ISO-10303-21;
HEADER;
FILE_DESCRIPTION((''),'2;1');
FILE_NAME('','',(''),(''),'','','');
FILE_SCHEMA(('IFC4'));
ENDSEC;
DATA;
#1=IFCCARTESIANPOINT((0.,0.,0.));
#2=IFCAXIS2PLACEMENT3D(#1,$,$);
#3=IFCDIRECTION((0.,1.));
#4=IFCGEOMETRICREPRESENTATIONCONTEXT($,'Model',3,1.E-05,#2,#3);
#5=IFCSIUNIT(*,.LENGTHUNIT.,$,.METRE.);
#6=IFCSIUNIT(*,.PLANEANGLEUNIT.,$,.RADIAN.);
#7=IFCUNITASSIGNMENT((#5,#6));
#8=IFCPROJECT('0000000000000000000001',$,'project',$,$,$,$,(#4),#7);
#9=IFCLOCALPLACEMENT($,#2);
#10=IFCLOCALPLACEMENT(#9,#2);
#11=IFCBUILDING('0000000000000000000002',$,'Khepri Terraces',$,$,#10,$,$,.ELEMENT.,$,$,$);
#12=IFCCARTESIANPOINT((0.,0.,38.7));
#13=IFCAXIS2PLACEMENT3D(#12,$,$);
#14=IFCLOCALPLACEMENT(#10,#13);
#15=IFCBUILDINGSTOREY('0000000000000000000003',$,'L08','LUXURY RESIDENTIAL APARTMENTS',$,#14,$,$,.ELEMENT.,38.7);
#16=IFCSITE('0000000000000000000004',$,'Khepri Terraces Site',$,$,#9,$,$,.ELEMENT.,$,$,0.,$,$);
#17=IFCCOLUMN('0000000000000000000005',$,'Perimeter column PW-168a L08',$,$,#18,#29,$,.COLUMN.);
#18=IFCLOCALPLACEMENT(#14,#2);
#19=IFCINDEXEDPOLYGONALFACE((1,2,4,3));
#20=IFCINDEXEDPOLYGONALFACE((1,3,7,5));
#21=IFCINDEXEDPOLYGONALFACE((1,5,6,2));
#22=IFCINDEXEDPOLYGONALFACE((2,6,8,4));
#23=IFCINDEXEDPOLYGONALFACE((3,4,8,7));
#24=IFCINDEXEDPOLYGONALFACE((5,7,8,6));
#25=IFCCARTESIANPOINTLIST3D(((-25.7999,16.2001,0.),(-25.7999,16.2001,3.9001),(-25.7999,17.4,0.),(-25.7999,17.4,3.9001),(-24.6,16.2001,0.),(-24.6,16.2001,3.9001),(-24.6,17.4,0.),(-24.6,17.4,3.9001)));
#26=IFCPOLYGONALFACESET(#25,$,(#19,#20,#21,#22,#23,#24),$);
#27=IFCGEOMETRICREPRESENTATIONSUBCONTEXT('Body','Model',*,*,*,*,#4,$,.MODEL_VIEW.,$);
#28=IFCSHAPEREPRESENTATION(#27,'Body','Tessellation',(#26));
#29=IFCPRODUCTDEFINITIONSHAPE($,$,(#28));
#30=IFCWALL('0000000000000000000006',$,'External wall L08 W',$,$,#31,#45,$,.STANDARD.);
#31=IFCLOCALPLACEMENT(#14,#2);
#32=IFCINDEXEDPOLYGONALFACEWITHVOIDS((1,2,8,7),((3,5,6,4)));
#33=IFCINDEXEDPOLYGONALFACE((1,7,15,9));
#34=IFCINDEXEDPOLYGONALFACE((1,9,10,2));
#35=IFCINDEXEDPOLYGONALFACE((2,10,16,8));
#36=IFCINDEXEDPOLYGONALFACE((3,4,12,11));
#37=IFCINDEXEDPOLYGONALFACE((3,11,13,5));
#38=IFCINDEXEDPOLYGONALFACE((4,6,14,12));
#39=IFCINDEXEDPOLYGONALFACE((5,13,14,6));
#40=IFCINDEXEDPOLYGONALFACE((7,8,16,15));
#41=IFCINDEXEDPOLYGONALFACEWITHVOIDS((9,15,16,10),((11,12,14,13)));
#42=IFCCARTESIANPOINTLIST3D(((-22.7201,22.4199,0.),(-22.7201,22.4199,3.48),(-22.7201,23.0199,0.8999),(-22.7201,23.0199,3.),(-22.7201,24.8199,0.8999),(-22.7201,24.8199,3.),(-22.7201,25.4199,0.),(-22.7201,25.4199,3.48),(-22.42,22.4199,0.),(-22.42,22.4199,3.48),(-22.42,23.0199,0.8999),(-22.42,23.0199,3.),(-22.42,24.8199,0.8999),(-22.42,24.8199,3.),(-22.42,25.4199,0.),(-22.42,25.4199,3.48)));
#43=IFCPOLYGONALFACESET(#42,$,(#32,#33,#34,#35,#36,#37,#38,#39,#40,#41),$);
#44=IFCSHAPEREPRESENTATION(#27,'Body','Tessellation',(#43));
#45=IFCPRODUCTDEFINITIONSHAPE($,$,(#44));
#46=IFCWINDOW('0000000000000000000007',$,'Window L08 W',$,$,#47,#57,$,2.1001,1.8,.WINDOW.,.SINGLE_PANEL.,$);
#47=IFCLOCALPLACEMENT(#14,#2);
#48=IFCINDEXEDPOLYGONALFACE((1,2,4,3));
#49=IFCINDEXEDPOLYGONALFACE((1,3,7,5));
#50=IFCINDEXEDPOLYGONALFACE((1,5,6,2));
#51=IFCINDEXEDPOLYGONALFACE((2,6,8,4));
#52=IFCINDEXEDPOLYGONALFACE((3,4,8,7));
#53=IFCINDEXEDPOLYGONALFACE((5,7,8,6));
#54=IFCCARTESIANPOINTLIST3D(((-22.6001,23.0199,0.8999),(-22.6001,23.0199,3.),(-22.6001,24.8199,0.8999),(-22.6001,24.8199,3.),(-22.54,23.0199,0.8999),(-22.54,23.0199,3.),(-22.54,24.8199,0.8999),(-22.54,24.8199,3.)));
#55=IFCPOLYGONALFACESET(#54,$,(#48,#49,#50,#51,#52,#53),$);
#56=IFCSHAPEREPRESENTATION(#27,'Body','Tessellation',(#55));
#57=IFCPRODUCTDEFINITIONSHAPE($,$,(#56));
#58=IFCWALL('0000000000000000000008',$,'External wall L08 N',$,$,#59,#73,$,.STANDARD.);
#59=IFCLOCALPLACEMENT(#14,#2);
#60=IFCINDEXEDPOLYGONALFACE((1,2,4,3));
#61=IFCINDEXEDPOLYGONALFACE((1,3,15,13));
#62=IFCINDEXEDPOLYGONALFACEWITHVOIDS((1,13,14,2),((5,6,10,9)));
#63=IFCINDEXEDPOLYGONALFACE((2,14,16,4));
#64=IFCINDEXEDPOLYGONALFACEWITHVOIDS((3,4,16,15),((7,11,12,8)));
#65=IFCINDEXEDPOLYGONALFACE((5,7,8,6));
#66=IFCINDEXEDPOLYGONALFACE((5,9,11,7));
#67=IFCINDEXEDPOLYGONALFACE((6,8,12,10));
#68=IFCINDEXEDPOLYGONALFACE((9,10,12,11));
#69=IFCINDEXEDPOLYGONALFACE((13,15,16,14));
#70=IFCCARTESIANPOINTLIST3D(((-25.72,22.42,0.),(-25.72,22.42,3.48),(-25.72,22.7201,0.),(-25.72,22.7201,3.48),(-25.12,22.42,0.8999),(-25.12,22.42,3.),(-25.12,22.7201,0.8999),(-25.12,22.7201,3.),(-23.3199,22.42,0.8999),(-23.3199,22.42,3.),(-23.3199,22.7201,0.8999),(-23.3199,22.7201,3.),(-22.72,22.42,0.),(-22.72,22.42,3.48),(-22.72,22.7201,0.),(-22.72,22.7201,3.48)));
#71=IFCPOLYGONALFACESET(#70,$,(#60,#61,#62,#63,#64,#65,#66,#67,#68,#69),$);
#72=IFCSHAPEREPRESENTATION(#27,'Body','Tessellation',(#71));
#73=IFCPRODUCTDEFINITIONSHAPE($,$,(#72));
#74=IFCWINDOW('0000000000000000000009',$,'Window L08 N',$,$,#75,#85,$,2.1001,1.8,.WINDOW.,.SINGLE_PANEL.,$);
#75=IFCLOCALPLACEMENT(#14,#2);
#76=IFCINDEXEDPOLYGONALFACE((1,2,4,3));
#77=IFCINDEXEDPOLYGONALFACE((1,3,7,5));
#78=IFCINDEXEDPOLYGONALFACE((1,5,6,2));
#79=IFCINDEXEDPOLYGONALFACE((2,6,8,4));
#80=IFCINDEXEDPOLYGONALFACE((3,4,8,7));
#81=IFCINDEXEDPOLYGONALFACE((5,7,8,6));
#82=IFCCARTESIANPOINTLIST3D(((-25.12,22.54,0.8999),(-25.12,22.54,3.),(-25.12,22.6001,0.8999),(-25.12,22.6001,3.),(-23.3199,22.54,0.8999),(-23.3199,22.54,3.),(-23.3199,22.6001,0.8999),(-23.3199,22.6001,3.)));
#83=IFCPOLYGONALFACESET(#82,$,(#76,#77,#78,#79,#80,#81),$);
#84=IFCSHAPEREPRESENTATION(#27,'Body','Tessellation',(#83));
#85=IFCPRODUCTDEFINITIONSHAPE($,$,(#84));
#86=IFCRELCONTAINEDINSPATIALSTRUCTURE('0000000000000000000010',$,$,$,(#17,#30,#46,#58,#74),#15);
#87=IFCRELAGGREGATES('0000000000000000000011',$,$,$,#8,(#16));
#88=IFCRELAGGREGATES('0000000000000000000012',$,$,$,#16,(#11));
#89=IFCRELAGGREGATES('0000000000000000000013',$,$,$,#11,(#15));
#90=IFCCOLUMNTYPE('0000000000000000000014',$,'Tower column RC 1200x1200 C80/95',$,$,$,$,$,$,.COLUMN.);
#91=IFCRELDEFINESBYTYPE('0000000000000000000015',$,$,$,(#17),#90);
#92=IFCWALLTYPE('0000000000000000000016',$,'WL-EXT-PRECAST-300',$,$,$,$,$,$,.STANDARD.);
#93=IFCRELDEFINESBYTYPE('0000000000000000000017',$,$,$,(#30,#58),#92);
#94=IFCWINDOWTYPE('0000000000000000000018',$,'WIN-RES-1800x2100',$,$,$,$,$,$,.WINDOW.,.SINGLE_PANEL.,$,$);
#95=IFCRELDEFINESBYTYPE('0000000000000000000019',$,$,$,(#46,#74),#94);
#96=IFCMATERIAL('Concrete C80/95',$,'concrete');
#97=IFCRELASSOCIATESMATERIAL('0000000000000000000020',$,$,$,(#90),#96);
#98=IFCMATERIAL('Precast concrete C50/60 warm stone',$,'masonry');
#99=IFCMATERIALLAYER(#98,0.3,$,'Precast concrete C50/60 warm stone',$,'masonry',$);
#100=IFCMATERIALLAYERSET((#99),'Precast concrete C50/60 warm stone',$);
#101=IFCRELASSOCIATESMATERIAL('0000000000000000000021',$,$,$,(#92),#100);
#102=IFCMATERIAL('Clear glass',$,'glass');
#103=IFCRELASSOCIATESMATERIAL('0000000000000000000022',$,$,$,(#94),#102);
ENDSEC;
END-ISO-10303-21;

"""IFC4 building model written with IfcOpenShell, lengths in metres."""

from ifc_helpers import new_model, si_unit, direction, frame, frame_2d, origin, origin_2d, place, context, subcontext, project, spatial, rectangle, extrude, material, layer, layer_set, material_profile, profile_set, type_object, element, fill, save


model = new_model("IFC4")

# Units and contexts
model_context = context("Model", 3, precision=1e-05, world=origin(), true_north=direction((0.0, 1.0)))
body_context = subcontext(model_context, "Body", "Model", "MODEL_VIEW")
ifc_project = project(units=[si_unit("LENGTHUNIT", "METRE"), si_unit("PLANEANGLEUNIT", "RADIAN")], contexts=[model_context])

# Site, building, storey
site_placement = place(None, origin())
site = spatial("IfcSite", under=ifc_project, at=site_placement, Name="Khepri Terraces Site", CompositionType="ELEMENT", RefElevation=0.0)
building_placement = place(site_placement, origin())
building = spatial("IfcBuilding", under=site, at=building_placement, Name="Khepri Terraces", CompositionType="ELEMENT")
storey_placement = place(building_placement, frame((0.0, 0.0, 38.7)))
storey = spatial("IfcBuildingStorey", under=building, at=storey_placement, Name="L08", Description="LUXURY RESIDENTIAL APARTMENTS", CompositionType="ELEMENT", Elevation=38.7)

# Column
ifc_material_1 = material(Name="Concrete C80/95", Category="concrete")
ifc_material_profile = material_profile(ifc_material_1, rectangle(XDim=1.2, YDim=1.2, at=origin_2d()), Name="Concrete C80/95", Category="concrete")
ifc_profile_set = profile_set([ifc_material_profile], Name="Concrete C80/95")
column_type = type_object("IfcColumnType", Name="Tower column RC 1200x1200 C80/95", PredefinedType="COLUMN", material=ifc_profile_set)
column_placement = place(storey_placement, frame((-25.2, 16.8, 0.0), z_axis=(0.0, 0.0, 1.0), x_axis=(1.0, 0.0, 0.0)))
element("IfcColumn", 1, at=column_placement, inside=storey, type_object=column_type, Name="Perimeter column PW-168a L08", PredefinedType="COLUMN", context=body_context, shape_type="SweptSolid", body=[
    extrude(rectangle(XDim=1.2, YDim=1.2, at=origin_2d()), origin(), (0.0, 0.0, 1.0), 3.9001),
])

# Walls, openings, windows
ifc_material_2 = material(Name="Precast concrete C50/60 warm stone", Category="masonry")
ifc_layer = layer(ifc_material_2, 0.3, Name="Precast concrete C50/60 warm stone", Category="masonry")
ifc_layer_set = layer_set([ifc_layer], Name="Precast concrete C50/60 warm stone")
wall_type = type_object("IfcWallType", Name="WL-EXT-PRECAST-300", PredefinedType="STANDARD", material=ifc_layer_set)
wall_1_placement = place(storey_placement, frame((-22.5701, 25.4199, 0.0), z_axis=(0.0, 0.0, 1.0), x_axis=(0.0, -1.0, 0.0)))
wall_1 = element("IfcWall", 2, at=wall_1_placement, inside=storey, type_object=wall_type, Name="External wall L08 W", PredefinedType="STANDARD", context=body_context, shape_type="SweptSolid", body=[
    extrude(rectangle(XDim=3.0, YDim=0.3, at=frame_2d((1.5, 0.0))), origin(), (0.0, 0.0, 1.0), 3.48),
])
opening_1_placement = place(wall_1_placement, frame((0.6001, 0.0, 0.8999)))
opening_1 = element("IfcOpeningElement", 3, at=opening_1_placement, cuts=wall_1, PredefinedType="OPENING", context=body_context, shape_type="SweptSolid", body=[
    extrude(rectangle(XDim=1.8, YDim=2.1001, at=frame_2d((0.8999, 1.05))), frame((0.0, 0.1602, 0.0), z_axis=(0.0, -1.0, 0.0), x_axis=(1.0, 0.0, 0.0)), (0.0, 0.0, 1.0), 0.3201),
])
ifc_material_3 = material(Name="Clear glass", Category="glass")
window_type = type_object("IfcWindowType", Name="WIN-RES-1800x2100", PartitioningType="SINGLE_PANEL", PredefinedType="WINDOW", material=ifc_material_3)
window_1_placement = place(opening_1_placement, origin())
window_1 = element("IfcWindow", 4, at=window_1_placement, inside=storey, type_object=window_type, Name="Window L08 W", OverallHeight=2.1001, OverallWidth=1.8, PartitioningType="SINGLE_PANEL", PredefinedType="WINDOW", context=body_context, shape_type="SweptSolid", body=[
    extrude(rectangle(XDim=1.8, YDim=2.1001, at=frame_2d((0.8999, 1.05))), frame((0.0, 0.03, 0.0), z_axis=(0.0, -1.0, 0.0), x_axis=(1.0, 0.0, 0.0)), (0.0, 0.0, 1.0), 0.0601),
])
fill(opening_1, window_1)
wall_2_placement = place(storey_placement, frame((-22.72, 22.5701, 0.0), z_axis=(0.0, 0.0, 1.0), x_axis=(-1.0, 0.0, 0.0)))
wall_2 = element("IfcWall", 5, at=wall_2_placement, inside=storey, type_object=wall_type, Name="External wall L08 N", PredefinedType="STANDARD", context=body_context, shape_type="SweptSolid", body=[
    extrude(rectangle(XDim=3.0, YDim=0.3, at=frame_2d((1.5, 0.0))), origin(), (0.0, 0.0, 1.0), 3.48),
])
opening_2_placement = place(wall_2_placement, frame((0.6001, 0.0, 0.8999)))
opening_2 = element("IfcOpeningElement", 6, at=opening_2_placement, cuts=wall_2, PredefinedType="OPENING", context=body_context, shape_type="SweptSolid", body=[
    extrude(rectangle(XDim=1.8, YDim=2.1001, at=frame_2d((0.8999, 1.05))), frame((0.0, 0.1602, 0.0), z_axis=(0.0, -1.0, 0.0), x_axis=(1.0, 0.0, 0.0)), (0.0, 0.0, 1.0), 0.3201),
])
window_2_placement = place(opening_2_placement, origin())
window_2 = element("IfcWindow", 7, at=window_2_placement, inside=storey, type_object=window_type, Name="Window L08 N", OverallHeight=2.1001, OverallWidth=1.8, PartitioningType="SINGLE_PANEL", PredefinedType="WINDOW", context=body_context, shape_type="SweptSolid", body=[
    extrude(rectangle(XDim=1.8, YDim=2.1001, at=frame_2d((0.8999, 1.05))), frame((0.0, 0.03, 0.0), z_axis=(0.0, -1.0, 0.0), x_axis=(1.0, 0.0, 0.0)), (0.0, 0.0, 1.0), 0.0601),
])
fill(opening_2, window_2)

save(model, "model.ifc")
